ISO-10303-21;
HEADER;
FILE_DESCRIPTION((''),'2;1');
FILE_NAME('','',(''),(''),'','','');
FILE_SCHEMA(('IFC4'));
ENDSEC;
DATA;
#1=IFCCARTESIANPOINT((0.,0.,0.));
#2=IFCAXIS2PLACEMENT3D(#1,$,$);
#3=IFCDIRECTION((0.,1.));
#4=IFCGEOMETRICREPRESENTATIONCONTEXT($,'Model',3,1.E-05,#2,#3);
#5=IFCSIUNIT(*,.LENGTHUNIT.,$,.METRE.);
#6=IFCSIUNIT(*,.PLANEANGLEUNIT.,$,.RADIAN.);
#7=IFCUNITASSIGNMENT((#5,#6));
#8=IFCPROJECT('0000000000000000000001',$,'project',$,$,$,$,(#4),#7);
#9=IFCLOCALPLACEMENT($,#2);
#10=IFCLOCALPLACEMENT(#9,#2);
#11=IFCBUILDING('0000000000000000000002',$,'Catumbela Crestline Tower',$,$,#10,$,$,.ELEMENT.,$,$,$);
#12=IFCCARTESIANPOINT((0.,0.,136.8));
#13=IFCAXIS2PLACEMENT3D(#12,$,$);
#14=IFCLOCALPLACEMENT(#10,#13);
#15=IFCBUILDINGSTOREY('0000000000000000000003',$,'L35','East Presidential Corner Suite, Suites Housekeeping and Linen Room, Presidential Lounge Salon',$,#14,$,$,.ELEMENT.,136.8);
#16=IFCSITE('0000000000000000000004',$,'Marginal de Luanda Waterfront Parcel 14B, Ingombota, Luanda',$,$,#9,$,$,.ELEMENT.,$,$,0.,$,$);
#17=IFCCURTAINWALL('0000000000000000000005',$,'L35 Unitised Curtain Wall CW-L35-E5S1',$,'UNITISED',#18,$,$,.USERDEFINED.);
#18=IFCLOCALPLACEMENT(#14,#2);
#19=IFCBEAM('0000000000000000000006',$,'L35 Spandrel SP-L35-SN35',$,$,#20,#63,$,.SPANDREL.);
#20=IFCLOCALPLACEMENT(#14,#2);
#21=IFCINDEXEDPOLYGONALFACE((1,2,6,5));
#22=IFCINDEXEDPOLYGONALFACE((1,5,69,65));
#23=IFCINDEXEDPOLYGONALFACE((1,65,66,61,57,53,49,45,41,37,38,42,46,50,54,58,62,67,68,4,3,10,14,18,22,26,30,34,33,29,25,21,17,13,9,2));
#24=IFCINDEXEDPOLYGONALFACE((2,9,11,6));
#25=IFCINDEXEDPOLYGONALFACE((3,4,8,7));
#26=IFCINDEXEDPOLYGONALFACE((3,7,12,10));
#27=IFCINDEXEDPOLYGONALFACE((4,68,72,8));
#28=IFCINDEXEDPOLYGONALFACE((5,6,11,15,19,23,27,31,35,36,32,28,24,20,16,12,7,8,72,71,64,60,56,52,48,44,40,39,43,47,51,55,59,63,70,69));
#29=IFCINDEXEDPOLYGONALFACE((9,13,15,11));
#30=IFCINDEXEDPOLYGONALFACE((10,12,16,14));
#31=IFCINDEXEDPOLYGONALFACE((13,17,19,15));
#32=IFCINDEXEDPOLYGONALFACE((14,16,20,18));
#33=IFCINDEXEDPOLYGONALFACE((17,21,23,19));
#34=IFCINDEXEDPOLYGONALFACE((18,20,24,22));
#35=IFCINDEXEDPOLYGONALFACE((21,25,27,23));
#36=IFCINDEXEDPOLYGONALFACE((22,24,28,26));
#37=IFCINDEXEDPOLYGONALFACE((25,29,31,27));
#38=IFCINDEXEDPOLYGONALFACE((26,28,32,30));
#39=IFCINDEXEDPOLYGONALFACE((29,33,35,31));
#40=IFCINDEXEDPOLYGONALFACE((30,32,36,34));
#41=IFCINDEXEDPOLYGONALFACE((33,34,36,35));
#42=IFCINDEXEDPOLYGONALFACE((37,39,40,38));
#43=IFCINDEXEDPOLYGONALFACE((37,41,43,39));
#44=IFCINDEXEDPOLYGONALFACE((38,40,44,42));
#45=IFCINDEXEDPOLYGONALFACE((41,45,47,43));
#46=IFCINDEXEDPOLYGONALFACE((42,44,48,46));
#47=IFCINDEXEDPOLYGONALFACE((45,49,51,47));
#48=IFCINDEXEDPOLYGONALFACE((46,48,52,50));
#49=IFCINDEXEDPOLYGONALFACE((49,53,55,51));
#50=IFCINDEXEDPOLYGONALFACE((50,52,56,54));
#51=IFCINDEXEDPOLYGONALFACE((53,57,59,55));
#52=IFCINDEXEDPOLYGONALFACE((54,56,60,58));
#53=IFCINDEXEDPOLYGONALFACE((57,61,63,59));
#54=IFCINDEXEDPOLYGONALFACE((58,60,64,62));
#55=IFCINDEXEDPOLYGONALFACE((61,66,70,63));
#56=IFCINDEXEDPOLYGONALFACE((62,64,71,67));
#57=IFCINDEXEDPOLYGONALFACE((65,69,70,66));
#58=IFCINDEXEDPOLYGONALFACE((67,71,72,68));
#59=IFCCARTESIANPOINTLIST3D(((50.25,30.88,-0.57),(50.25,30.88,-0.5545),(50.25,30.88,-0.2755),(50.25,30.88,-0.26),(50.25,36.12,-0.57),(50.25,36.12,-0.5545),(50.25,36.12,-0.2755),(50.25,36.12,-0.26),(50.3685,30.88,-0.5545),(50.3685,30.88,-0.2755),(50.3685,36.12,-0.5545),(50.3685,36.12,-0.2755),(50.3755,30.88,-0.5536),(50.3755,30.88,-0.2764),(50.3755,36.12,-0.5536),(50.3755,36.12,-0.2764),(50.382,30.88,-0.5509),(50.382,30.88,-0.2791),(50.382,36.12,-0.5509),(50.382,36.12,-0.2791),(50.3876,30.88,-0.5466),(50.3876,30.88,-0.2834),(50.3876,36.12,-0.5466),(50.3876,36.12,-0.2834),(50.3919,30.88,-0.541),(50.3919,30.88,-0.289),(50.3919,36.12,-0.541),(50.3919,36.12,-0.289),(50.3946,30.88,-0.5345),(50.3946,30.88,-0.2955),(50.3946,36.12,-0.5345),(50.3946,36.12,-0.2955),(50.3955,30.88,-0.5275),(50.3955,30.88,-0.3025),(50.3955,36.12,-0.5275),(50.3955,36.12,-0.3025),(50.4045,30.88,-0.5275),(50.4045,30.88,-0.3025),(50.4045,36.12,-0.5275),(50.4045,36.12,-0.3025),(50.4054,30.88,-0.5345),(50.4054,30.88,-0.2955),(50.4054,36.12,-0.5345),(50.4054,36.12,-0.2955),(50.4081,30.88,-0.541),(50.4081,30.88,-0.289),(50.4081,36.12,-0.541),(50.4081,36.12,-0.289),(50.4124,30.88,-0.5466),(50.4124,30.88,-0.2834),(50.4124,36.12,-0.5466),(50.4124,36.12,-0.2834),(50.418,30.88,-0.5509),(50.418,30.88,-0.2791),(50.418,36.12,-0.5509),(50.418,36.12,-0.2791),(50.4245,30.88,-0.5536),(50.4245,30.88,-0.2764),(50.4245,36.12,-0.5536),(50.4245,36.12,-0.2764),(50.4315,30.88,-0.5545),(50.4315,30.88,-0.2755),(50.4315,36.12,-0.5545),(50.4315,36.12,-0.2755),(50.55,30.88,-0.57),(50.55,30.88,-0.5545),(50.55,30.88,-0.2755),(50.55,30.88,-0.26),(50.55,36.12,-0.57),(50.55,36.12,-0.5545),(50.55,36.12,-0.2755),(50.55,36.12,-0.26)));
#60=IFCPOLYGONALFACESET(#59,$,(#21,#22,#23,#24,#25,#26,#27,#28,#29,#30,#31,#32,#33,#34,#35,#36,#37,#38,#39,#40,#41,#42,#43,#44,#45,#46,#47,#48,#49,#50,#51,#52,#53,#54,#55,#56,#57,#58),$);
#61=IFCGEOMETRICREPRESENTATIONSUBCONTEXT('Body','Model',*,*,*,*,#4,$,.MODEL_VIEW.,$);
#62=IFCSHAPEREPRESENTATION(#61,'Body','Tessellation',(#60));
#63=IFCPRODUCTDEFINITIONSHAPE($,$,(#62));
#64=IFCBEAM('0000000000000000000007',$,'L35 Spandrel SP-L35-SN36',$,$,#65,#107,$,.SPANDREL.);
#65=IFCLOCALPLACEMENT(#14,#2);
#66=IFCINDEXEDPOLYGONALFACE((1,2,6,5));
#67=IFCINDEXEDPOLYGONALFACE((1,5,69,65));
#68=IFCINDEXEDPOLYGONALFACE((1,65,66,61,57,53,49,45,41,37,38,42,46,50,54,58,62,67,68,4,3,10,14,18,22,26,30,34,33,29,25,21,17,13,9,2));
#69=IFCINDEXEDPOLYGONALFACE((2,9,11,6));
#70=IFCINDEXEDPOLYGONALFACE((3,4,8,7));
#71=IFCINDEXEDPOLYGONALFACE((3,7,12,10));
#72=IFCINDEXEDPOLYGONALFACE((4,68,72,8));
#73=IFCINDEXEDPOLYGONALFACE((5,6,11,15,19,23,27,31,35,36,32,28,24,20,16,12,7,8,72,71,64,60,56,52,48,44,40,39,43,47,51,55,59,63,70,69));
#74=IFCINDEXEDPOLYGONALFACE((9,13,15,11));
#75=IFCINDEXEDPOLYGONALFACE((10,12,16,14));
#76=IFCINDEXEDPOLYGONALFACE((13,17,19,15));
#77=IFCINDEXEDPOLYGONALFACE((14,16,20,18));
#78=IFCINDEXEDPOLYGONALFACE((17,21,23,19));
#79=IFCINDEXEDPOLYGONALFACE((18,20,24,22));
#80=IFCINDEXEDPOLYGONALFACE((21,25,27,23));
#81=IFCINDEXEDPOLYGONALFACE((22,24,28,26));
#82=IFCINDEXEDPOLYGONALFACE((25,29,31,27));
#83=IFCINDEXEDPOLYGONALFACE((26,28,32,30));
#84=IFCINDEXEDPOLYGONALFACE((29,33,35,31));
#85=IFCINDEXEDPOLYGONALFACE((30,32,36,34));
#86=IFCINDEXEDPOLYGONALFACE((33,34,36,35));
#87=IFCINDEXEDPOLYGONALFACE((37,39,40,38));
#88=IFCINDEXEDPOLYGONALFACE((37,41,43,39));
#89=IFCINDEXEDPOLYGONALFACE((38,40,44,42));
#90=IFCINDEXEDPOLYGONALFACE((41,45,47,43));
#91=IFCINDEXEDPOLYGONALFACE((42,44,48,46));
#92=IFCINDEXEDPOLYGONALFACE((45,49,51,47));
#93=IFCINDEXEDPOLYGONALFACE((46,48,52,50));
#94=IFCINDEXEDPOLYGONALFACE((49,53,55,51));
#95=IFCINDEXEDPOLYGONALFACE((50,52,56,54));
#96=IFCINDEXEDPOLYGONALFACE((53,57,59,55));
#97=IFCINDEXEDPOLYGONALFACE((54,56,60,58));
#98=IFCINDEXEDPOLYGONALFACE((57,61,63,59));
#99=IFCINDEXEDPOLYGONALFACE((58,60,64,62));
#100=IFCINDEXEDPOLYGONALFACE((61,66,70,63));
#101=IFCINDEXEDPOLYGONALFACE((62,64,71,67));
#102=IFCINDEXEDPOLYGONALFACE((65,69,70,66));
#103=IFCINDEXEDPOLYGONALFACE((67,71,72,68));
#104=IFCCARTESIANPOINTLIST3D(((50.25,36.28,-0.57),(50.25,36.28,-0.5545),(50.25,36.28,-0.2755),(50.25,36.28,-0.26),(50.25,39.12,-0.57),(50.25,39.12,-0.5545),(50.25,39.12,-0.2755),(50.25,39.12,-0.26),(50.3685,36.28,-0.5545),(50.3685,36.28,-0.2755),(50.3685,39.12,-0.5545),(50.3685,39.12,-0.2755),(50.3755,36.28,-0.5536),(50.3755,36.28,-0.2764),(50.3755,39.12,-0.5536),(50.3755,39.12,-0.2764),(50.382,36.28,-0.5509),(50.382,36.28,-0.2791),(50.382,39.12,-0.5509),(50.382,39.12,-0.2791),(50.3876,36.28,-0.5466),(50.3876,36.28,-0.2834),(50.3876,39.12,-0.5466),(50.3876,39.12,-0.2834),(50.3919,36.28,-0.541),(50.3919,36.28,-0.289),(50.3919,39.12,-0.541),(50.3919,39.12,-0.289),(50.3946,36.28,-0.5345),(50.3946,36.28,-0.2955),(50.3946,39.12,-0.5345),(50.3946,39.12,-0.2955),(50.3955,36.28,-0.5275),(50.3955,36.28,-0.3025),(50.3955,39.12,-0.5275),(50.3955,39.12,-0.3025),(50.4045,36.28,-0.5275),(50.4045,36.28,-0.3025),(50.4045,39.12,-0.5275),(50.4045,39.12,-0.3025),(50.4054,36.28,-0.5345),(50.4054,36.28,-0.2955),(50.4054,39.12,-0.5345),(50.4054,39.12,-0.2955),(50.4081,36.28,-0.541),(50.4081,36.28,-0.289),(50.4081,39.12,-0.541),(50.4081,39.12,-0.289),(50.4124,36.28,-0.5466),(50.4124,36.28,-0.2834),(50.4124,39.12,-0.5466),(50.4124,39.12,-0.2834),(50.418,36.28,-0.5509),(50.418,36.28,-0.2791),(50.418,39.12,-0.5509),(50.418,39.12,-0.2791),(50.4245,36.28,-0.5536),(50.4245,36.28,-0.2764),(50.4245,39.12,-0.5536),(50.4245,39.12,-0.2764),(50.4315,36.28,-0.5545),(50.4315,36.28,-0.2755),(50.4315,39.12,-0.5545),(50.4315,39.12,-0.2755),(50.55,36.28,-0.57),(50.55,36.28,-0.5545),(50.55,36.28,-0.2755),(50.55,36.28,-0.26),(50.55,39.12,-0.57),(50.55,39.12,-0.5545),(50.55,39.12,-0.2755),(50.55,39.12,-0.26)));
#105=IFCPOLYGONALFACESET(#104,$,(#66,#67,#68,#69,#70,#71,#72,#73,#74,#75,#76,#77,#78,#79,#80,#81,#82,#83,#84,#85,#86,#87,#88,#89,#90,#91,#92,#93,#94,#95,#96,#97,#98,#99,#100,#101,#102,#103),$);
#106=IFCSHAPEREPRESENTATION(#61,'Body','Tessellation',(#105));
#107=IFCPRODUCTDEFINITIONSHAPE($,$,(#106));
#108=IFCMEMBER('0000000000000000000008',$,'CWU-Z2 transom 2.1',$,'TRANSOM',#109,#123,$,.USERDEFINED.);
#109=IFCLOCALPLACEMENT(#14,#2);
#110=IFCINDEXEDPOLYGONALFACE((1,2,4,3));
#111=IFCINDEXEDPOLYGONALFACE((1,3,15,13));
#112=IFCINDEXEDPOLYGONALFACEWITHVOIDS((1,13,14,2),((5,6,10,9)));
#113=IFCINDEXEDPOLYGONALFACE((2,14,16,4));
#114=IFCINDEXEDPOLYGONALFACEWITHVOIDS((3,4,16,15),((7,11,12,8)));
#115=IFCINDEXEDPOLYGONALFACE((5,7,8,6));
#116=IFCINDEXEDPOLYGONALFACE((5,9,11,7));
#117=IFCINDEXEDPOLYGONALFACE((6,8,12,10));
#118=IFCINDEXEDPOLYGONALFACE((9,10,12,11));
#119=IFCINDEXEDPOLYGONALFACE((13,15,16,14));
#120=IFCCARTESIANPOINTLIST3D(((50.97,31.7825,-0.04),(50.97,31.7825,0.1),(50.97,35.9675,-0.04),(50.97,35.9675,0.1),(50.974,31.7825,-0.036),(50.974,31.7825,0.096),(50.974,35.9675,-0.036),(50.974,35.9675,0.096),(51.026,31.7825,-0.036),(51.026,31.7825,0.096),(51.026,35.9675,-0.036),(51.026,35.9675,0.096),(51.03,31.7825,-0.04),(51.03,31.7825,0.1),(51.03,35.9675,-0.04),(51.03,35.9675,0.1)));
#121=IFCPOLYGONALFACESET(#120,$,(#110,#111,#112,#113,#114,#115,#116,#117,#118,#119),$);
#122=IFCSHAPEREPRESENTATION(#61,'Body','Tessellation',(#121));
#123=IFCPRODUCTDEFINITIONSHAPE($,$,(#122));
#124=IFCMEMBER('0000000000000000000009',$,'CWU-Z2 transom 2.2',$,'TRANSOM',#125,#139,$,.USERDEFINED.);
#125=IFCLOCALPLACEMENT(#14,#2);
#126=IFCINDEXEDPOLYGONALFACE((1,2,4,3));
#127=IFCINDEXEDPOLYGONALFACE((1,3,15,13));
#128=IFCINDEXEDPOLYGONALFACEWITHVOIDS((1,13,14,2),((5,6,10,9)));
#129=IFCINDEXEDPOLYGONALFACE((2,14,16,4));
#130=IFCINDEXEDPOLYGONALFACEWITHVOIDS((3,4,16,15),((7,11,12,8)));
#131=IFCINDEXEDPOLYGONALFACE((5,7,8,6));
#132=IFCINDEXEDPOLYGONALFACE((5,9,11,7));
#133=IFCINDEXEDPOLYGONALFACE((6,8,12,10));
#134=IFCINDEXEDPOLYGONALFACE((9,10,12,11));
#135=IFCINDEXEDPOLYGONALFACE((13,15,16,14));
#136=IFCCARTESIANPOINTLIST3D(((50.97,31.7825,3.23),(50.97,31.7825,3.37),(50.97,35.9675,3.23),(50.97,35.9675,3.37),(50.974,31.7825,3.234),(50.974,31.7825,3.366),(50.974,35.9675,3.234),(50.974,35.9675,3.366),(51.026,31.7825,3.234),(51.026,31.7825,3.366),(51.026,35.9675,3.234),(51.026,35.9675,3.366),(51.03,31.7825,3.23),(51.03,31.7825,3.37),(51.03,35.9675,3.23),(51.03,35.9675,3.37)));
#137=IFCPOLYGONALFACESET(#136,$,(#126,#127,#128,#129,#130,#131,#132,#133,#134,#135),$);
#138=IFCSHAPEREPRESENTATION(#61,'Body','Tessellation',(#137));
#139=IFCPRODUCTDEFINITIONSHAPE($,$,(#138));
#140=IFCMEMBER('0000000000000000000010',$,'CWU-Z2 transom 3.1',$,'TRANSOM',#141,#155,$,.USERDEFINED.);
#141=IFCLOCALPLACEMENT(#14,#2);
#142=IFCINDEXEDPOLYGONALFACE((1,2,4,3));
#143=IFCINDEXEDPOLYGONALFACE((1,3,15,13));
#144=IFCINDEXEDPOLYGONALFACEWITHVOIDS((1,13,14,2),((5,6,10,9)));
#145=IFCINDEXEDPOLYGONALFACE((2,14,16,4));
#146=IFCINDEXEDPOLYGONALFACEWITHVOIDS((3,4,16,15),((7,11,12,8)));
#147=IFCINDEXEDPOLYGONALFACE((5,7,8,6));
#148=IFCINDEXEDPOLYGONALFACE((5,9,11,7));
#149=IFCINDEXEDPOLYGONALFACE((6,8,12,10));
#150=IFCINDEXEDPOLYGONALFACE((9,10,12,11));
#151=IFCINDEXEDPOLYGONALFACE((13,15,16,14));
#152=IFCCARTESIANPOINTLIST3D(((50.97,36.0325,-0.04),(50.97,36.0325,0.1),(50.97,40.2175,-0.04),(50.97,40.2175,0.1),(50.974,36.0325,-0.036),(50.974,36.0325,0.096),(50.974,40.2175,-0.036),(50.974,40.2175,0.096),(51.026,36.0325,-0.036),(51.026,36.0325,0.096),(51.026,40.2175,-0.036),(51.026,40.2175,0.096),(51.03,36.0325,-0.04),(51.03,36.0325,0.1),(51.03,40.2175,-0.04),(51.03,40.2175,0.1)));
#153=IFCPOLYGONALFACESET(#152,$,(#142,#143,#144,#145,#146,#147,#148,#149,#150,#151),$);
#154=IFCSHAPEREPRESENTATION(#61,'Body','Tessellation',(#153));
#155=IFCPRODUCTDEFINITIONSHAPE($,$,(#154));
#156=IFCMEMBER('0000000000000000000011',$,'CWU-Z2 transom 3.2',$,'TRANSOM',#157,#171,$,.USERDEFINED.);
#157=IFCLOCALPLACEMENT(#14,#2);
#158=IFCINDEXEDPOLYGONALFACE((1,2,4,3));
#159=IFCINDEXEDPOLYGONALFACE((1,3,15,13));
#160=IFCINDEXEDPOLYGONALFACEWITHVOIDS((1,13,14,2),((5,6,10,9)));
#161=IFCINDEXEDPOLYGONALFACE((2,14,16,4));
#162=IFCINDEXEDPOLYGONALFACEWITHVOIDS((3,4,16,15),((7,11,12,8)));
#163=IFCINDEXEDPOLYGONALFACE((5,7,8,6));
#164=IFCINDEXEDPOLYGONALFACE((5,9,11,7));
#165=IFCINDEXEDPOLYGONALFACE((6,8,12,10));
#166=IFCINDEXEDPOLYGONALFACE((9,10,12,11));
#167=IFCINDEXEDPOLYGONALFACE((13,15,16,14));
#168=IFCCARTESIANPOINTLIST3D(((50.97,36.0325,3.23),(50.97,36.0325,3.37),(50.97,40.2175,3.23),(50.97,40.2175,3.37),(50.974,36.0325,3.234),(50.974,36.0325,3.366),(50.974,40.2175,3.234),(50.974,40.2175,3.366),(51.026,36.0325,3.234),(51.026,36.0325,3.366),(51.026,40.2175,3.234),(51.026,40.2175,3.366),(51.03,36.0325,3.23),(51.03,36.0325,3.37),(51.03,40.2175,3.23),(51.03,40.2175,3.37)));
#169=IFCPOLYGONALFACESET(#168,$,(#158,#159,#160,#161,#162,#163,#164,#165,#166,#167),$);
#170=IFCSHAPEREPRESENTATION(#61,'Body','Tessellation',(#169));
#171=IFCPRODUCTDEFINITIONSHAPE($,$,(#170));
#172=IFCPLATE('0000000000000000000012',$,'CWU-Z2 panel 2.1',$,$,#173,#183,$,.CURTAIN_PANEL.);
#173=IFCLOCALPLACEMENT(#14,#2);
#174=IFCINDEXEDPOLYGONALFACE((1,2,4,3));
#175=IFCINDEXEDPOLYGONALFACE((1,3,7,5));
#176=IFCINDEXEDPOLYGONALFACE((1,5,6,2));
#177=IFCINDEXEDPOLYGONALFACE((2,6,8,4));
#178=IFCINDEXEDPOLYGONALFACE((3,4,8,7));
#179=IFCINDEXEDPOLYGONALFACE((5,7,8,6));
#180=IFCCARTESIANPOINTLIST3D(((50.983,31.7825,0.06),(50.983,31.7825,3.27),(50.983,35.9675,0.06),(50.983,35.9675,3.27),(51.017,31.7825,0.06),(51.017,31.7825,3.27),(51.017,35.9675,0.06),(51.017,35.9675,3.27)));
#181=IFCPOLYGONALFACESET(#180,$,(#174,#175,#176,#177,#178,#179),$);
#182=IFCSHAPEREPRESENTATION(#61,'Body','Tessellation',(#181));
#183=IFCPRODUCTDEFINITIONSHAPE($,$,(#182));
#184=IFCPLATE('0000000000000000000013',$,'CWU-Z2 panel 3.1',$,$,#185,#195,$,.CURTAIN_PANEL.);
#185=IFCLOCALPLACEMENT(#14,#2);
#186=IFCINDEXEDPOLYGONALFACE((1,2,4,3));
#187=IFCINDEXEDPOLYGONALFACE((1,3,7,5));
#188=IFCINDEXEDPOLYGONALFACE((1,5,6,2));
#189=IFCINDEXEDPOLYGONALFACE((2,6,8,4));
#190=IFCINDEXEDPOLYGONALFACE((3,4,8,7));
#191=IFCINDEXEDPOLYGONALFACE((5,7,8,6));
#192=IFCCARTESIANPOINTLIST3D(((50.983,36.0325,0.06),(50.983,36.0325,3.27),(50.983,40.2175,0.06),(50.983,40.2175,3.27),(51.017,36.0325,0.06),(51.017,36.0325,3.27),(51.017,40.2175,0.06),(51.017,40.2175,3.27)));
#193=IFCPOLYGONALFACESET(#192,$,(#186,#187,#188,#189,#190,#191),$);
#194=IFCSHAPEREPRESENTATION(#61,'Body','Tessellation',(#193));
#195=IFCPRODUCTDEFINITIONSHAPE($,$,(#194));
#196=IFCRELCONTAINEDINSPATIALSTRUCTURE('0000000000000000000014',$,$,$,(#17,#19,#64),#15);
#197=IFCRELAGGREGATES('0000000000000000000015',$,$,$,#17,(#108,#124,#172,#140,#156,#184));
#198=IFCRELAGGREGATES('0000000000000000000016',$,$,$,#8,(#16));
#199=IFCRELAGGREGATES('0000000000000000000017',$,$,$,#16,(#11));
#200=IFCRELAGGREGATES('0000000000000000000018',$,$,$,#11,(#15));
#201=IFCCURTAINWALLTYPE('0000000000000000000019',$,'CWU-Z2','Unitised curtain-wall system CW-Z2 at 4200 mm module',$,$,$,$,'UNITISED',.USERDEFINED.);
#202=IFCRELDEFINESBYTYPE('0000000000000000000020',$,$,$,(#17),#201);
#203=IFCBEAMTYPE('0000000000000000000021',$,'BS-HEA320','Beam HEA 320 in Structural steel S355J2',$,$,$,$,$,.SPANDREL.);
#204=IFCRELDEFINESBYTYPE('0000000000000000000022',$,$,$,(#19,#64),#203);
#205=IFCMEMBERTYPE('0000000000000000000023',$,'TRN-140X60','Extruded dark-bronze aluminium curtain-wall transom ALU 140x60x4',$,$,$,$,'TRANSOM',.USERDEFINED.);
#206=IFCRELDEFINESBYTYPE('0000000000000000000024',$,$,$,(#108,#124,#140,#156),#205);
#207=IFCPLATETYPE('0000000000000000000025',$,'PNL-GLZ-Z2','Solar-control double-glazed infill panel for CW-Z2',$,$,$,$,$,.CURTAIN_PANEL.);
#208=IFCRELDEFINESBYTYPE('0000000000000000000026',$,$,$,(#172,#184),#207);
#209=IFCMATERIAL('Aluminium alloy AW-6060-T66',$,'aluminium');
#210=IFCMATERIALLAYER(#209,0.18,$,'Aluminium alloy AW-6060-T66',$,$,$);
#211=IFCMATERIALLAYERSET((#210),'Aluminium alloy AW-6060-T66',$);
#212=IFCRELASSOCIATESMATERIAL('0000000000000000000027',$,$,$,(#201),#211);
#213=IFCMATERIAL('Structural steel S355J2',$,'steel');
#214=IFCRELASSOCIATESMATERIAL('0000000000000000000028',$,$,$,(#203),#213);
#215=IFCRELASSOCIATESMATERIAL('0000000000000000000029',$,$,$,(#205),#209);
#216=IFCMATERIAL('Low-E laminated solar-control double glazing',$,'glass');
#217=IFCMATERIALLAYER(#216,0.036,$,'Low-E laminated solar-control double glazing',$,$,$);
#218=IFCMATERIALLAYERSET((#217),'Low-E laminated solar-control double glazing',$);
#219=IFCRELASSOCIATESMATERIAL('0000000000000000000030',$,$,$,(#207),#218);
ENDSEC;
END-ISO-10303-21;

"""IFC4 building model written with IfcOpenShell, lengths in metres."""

from ifc_helpers import new_model, si_unit, direction, frame, origin, origin_2d, place, context, subcontext, project, spatial, rectangle, hollow_rectangle, i_section, extrude, material, layer, layer_set, material_profile, profile_set, type_object, element, aggregate, save


model = new_model("IFC4")

# Units and contexts
model_context = context("Model", 3, precision=1e-05, world=origin(), true_north=direction((0.0, 1.0)))
body_context = subcontext(model_context, "Body", "Model", "MODEL_VIEW")
ifc_project = project(units=[si_unit("LENGTHUNIT", "METRE"), si_unit("PLANEANGLEUNIT", "RADIAN")], contexts=[model_context])

# Site, building, storey
site_placement = place(None, origin())
site = spatial("IfcSite", under=ifc_project, at=site_placement, Name="Marginal de Luanda Waterfront Parcel 14B, Ingombota, Luanda", CompositionType="ELEMENT", RefElevation=0.0)
building_placement = place(site_placement, origin())
building = spatial("IfcBuilding", under=site, at=building_placement, Name="Catumbela Crestline Tower", CompositionType="ELEMENT")
storey_placement = place(building_placement, frame((0.0, 0.0, 136.8)))
storey = spatial("IfcBuildingStorey", under=building, at=storey_placement, Name="L35", Description="East Presidential Corner Suite, Suites Housekeeping and Linen Room, Presidential Lounge Salon", CompositionType="ELEMENT", Elevation=136.8)

# Shared definitions
ifc_material_1 = material(Name="Structural steel S355J2", Category="steel")

# Curtain wall
ifc_material_2 = material(Name="Aluminium alloy AW-6060-T66", Category="aluminium")
ifc_layer_1 = layer(ifc_material_2, 0.18, Name="Aluminium alloy AW-6060-T66")
ifc_layer_set_1 = layer_set([ifc_layer_1], Name="Aluminium alloy AW-6060-T66")
curtain_wall_type = type_object("IfcCurtainWallType", Name="CWU-Z2", Description="Unitised curtain-wall system CW-Z2 at 4200 mm module", ElementType="UNITISED", PredefinedType="USERDEFINED", material=ifc_layer_set_1)
curtain_wall_placement = place(storey_placement, origin())
curtain_wall = element("IfcCurtainWall", 1, at=curtain_wall_placement, inside=storey, type_object=curtain_wall_type, Name="L35 Unitised Curtain Wall CW-L35-E5S1", ObjectType="UNITISED", PredefinedType="USERDEFINED")

# Beams
ifc_material_profile_1 = material_profile(ifc_material_1, i_section(OverallWidth=0.3, OverallDepth=0.31, WebThickness=0.009, FlangeThickness=0.0155, FilletRadius=0.027, at=origin_2d()), Name="HEA 320")
ifc_profile_set_1 = profile_set([ifc_material_profile_1], Name="Structural steel S355J2")
beam_type_1 = type_object("IfcBeamType", Name="BS-HEA320", Description="Beam HEA 320 in Structural steel S355J2", PredefinedType="SPANDREL", material=ifc_profile_set_1)
beam_1_placement = place(storey_placement, frame((50.4, 30.88, -0.415), z_axis=(0.0, 1.0, 0.0), x_axis=(-1.0, 0.0, 0.0)))
element("IfcBeam", 2, at=beam_1_placement, inside=storey, type_object=beam_type_1, Name="L35 Spandrel SP-L35-SN35", PredefinedType="SPANDREL", context=body_context, shape_type="SweptSolid", body=[
    extrude(i_section(OverallWidth=0.3, OverallDepth=0.31, WebThickness=0.009, FlangeThickness=0.0155, FilletRadius=0.027, at=origin_2d()), origin(), (0.0, 0.0, 1.0), 5.24),
])
beam_2_placement = place(storey_placement, frame((50.4, 36.28, -0.415), z_axis=(0.0, 1.0, 0.0), x_axis=(-1.0, 0.0, 0.0)))
element("IfcBeam", 3, at=beam_2_placement, inside=storey, type_object=beam_type_1, Name="L35 Spandrel SP-L35-SN36", PredefinedType="SPANDREL", context=body_context, shape_type="SweptSolid", body=[
    extrude(i_section(OverallWidth=0.3, OverallDepth=0.31, WebThickness=0.009, FlangeThickness=0.0155, FilletRadius=0.027, at=origin_2d()), origin(), (0.0, 0.0, 1.0), 2.84),
])

# Members
ifc_material_profile_2 = material_profile(ifc_material_2, hollow_rectangle(XDim=0.06, YDim=0.14, WallThickness=0.004, at=origin_2d()), Name="ALU 140x60x4")
ifc_profile_set_2 = profile_set([ifc_material_profile_2], Name="Aluminium alloy AW-6060-T66")
member_type_1 = type_object("IfcMemberType", Name="TRN-140X60", Description="Extruded dark-bronze aluminium curtain-wall transom ALU 140x60x4", ElementType="TRANSOM", PredefinedType="USERDEFINED", material=ifc_profile_set_2)
member_1_placement = place(storey_placement, frame((51.0, 31.7825, 0.03), z_axis=(0.0, 1.0, 0.0), x_axis=(-1.0, 0.0, 0.0)))
member_1 = element("IfcMember", 4, at=member_1_placement, type_object=member_type_1, Name="CWU-Z2 transom 2.1", ObjectType="TRANSOM", PredefinedType="USERDEFINED", context=body_context, shape_type="SweptSolid", body=[
    extrude(hollow_rectangle(XDim=0.06, YDim=0.14, WallThickness=0.004, at=origin_2d()), origin(), (0.0, 0.0, 1.0), 4.185),
])
member_2_placement = place(storey_placement, frame((51.0, 31.7825, 3.3), z_axis=(0.0, 1.0, 0.0), x_axis=(-1.0, 0.0, 0.0)))
member_2 = element("IfcMember", 5, at=member_2_placement, type_object=member_type_1, Name="CWU-Z2 transom 2.2", ObjectType="TRANSOM", PredefinedType="USERDEFINED", context=body_context, shape_type="SweptSolid", body=[
    extrude(hollow_rectangle(XDim=0.06, YDim=0.14, WallThickness=0.004, at=origin_2d()), origin(), (0.0, 0.0, 1.0), 4.185),
])
member_3_placement = place(storey_placement, frame((51.0, 36.0325, 0.03), z_axis=(0.0, 1.0, 0.0), x_axis=(-1.0, 0.0, 0.0)))
member_3 = element("IfcMember", 6, at=member_3_placement, type_object=member_type_1, Name="CWU-Z2 transom 3.1", ObjectType="TRANSOM", PredefinedType="USERDEFINED", context=body_context, shape_type="SweptSolid", body=[
    extrude(hollow_rectangle(XDim=0.06, YDim=0.14, WallThickness=0.004, at=origin_2d()), origin(), (0.0, 0.0, 1.0), 4.185),
])
member_4_placement = place(storey_placement, frame((51.0, 36.0325, 3.3), z_axis=(0.0, 1.0, 0.0), x_axis=(-1.0, 0.0, 0.0)))
member_4 = element("IfcMember", 7, at=member_4_placement, type_object=member_type_1, Name="CWU-Z2 transom 3.2", ObjectType="TRANSOM", PredefinedType="USERDEFINED", context=body_context, shape_type="SweptSolid", body=[
    extrude(hollow_rectangle(XDim=0.06, YDim=0.14, WallThickness=0.004, at=origin_2d()), origin(), (0.0, 0.0, 1.0), 4.185),
])

# Plates
ifc_material_3 = material(Name="Low-E laminated solar-control double glazing", Category="glass")
ifc_layer_2 = layer(ifc_material_3, 0.036, Name="Low-E laminated solar-control double glazing")
ifc_layer_set_2 = layer_set([ifc_layer_2], Name="Low-E laminated solar-control double glazing")
plate_type = type_object("IfcPlateType", Name="PNL-GLZ-Z2", Description="Solar-control double-glazed infill panel for CW-Z2", PredefinedType="CURTAIN_PANEL", material=ifc_layer_set_2)
plate_1_placement = place(storey_placement, frame((51.0, 33.875, 0.06), z_axis=(0.0, 0.0, 1.0), x_axis=(0.0, 1.0, 0.0)))
plate_1 = element("IfcPlate", 8, at=plate_1_placement, type_object=plate_type, Name="CWU-Z2 panel 2.1", PredefinedType="CURTAIN_PANEL", context=body_context, shape_type="SweptSolid", body=[
    extrude(rectangle(XDim=4.185, YDim=0.034, at=origin_2d()), origin(), (0.0, 0.0, 1.0), 3.21),
])
plate_2_placement = place(storey_placement, frame((51.0, 38.125, 0.06), z_axis=(0.0, 0.0, 1.0), x_axis=(0.0, 1.0, 0.0)))
plate_2 = element("IfcPlate", 9, at=plate_2_placement, type_object=plate_type, Name="CWU-Z2 panel 3.1", PredefinedType="CURTAIN_PANEL", context=body_context, shape_type="SweptSolid", body=[
    extrude(rectangle(XDim=4.185, YDim=0.034, at=origin_2d()), origin(), (0.0, 0.0, 1.0), 3.21),
])
aggregate(curtain_wall, [member_1, member_2, plate_1, member_3, member_4, plate_2])

save(model, "model.ifc")
